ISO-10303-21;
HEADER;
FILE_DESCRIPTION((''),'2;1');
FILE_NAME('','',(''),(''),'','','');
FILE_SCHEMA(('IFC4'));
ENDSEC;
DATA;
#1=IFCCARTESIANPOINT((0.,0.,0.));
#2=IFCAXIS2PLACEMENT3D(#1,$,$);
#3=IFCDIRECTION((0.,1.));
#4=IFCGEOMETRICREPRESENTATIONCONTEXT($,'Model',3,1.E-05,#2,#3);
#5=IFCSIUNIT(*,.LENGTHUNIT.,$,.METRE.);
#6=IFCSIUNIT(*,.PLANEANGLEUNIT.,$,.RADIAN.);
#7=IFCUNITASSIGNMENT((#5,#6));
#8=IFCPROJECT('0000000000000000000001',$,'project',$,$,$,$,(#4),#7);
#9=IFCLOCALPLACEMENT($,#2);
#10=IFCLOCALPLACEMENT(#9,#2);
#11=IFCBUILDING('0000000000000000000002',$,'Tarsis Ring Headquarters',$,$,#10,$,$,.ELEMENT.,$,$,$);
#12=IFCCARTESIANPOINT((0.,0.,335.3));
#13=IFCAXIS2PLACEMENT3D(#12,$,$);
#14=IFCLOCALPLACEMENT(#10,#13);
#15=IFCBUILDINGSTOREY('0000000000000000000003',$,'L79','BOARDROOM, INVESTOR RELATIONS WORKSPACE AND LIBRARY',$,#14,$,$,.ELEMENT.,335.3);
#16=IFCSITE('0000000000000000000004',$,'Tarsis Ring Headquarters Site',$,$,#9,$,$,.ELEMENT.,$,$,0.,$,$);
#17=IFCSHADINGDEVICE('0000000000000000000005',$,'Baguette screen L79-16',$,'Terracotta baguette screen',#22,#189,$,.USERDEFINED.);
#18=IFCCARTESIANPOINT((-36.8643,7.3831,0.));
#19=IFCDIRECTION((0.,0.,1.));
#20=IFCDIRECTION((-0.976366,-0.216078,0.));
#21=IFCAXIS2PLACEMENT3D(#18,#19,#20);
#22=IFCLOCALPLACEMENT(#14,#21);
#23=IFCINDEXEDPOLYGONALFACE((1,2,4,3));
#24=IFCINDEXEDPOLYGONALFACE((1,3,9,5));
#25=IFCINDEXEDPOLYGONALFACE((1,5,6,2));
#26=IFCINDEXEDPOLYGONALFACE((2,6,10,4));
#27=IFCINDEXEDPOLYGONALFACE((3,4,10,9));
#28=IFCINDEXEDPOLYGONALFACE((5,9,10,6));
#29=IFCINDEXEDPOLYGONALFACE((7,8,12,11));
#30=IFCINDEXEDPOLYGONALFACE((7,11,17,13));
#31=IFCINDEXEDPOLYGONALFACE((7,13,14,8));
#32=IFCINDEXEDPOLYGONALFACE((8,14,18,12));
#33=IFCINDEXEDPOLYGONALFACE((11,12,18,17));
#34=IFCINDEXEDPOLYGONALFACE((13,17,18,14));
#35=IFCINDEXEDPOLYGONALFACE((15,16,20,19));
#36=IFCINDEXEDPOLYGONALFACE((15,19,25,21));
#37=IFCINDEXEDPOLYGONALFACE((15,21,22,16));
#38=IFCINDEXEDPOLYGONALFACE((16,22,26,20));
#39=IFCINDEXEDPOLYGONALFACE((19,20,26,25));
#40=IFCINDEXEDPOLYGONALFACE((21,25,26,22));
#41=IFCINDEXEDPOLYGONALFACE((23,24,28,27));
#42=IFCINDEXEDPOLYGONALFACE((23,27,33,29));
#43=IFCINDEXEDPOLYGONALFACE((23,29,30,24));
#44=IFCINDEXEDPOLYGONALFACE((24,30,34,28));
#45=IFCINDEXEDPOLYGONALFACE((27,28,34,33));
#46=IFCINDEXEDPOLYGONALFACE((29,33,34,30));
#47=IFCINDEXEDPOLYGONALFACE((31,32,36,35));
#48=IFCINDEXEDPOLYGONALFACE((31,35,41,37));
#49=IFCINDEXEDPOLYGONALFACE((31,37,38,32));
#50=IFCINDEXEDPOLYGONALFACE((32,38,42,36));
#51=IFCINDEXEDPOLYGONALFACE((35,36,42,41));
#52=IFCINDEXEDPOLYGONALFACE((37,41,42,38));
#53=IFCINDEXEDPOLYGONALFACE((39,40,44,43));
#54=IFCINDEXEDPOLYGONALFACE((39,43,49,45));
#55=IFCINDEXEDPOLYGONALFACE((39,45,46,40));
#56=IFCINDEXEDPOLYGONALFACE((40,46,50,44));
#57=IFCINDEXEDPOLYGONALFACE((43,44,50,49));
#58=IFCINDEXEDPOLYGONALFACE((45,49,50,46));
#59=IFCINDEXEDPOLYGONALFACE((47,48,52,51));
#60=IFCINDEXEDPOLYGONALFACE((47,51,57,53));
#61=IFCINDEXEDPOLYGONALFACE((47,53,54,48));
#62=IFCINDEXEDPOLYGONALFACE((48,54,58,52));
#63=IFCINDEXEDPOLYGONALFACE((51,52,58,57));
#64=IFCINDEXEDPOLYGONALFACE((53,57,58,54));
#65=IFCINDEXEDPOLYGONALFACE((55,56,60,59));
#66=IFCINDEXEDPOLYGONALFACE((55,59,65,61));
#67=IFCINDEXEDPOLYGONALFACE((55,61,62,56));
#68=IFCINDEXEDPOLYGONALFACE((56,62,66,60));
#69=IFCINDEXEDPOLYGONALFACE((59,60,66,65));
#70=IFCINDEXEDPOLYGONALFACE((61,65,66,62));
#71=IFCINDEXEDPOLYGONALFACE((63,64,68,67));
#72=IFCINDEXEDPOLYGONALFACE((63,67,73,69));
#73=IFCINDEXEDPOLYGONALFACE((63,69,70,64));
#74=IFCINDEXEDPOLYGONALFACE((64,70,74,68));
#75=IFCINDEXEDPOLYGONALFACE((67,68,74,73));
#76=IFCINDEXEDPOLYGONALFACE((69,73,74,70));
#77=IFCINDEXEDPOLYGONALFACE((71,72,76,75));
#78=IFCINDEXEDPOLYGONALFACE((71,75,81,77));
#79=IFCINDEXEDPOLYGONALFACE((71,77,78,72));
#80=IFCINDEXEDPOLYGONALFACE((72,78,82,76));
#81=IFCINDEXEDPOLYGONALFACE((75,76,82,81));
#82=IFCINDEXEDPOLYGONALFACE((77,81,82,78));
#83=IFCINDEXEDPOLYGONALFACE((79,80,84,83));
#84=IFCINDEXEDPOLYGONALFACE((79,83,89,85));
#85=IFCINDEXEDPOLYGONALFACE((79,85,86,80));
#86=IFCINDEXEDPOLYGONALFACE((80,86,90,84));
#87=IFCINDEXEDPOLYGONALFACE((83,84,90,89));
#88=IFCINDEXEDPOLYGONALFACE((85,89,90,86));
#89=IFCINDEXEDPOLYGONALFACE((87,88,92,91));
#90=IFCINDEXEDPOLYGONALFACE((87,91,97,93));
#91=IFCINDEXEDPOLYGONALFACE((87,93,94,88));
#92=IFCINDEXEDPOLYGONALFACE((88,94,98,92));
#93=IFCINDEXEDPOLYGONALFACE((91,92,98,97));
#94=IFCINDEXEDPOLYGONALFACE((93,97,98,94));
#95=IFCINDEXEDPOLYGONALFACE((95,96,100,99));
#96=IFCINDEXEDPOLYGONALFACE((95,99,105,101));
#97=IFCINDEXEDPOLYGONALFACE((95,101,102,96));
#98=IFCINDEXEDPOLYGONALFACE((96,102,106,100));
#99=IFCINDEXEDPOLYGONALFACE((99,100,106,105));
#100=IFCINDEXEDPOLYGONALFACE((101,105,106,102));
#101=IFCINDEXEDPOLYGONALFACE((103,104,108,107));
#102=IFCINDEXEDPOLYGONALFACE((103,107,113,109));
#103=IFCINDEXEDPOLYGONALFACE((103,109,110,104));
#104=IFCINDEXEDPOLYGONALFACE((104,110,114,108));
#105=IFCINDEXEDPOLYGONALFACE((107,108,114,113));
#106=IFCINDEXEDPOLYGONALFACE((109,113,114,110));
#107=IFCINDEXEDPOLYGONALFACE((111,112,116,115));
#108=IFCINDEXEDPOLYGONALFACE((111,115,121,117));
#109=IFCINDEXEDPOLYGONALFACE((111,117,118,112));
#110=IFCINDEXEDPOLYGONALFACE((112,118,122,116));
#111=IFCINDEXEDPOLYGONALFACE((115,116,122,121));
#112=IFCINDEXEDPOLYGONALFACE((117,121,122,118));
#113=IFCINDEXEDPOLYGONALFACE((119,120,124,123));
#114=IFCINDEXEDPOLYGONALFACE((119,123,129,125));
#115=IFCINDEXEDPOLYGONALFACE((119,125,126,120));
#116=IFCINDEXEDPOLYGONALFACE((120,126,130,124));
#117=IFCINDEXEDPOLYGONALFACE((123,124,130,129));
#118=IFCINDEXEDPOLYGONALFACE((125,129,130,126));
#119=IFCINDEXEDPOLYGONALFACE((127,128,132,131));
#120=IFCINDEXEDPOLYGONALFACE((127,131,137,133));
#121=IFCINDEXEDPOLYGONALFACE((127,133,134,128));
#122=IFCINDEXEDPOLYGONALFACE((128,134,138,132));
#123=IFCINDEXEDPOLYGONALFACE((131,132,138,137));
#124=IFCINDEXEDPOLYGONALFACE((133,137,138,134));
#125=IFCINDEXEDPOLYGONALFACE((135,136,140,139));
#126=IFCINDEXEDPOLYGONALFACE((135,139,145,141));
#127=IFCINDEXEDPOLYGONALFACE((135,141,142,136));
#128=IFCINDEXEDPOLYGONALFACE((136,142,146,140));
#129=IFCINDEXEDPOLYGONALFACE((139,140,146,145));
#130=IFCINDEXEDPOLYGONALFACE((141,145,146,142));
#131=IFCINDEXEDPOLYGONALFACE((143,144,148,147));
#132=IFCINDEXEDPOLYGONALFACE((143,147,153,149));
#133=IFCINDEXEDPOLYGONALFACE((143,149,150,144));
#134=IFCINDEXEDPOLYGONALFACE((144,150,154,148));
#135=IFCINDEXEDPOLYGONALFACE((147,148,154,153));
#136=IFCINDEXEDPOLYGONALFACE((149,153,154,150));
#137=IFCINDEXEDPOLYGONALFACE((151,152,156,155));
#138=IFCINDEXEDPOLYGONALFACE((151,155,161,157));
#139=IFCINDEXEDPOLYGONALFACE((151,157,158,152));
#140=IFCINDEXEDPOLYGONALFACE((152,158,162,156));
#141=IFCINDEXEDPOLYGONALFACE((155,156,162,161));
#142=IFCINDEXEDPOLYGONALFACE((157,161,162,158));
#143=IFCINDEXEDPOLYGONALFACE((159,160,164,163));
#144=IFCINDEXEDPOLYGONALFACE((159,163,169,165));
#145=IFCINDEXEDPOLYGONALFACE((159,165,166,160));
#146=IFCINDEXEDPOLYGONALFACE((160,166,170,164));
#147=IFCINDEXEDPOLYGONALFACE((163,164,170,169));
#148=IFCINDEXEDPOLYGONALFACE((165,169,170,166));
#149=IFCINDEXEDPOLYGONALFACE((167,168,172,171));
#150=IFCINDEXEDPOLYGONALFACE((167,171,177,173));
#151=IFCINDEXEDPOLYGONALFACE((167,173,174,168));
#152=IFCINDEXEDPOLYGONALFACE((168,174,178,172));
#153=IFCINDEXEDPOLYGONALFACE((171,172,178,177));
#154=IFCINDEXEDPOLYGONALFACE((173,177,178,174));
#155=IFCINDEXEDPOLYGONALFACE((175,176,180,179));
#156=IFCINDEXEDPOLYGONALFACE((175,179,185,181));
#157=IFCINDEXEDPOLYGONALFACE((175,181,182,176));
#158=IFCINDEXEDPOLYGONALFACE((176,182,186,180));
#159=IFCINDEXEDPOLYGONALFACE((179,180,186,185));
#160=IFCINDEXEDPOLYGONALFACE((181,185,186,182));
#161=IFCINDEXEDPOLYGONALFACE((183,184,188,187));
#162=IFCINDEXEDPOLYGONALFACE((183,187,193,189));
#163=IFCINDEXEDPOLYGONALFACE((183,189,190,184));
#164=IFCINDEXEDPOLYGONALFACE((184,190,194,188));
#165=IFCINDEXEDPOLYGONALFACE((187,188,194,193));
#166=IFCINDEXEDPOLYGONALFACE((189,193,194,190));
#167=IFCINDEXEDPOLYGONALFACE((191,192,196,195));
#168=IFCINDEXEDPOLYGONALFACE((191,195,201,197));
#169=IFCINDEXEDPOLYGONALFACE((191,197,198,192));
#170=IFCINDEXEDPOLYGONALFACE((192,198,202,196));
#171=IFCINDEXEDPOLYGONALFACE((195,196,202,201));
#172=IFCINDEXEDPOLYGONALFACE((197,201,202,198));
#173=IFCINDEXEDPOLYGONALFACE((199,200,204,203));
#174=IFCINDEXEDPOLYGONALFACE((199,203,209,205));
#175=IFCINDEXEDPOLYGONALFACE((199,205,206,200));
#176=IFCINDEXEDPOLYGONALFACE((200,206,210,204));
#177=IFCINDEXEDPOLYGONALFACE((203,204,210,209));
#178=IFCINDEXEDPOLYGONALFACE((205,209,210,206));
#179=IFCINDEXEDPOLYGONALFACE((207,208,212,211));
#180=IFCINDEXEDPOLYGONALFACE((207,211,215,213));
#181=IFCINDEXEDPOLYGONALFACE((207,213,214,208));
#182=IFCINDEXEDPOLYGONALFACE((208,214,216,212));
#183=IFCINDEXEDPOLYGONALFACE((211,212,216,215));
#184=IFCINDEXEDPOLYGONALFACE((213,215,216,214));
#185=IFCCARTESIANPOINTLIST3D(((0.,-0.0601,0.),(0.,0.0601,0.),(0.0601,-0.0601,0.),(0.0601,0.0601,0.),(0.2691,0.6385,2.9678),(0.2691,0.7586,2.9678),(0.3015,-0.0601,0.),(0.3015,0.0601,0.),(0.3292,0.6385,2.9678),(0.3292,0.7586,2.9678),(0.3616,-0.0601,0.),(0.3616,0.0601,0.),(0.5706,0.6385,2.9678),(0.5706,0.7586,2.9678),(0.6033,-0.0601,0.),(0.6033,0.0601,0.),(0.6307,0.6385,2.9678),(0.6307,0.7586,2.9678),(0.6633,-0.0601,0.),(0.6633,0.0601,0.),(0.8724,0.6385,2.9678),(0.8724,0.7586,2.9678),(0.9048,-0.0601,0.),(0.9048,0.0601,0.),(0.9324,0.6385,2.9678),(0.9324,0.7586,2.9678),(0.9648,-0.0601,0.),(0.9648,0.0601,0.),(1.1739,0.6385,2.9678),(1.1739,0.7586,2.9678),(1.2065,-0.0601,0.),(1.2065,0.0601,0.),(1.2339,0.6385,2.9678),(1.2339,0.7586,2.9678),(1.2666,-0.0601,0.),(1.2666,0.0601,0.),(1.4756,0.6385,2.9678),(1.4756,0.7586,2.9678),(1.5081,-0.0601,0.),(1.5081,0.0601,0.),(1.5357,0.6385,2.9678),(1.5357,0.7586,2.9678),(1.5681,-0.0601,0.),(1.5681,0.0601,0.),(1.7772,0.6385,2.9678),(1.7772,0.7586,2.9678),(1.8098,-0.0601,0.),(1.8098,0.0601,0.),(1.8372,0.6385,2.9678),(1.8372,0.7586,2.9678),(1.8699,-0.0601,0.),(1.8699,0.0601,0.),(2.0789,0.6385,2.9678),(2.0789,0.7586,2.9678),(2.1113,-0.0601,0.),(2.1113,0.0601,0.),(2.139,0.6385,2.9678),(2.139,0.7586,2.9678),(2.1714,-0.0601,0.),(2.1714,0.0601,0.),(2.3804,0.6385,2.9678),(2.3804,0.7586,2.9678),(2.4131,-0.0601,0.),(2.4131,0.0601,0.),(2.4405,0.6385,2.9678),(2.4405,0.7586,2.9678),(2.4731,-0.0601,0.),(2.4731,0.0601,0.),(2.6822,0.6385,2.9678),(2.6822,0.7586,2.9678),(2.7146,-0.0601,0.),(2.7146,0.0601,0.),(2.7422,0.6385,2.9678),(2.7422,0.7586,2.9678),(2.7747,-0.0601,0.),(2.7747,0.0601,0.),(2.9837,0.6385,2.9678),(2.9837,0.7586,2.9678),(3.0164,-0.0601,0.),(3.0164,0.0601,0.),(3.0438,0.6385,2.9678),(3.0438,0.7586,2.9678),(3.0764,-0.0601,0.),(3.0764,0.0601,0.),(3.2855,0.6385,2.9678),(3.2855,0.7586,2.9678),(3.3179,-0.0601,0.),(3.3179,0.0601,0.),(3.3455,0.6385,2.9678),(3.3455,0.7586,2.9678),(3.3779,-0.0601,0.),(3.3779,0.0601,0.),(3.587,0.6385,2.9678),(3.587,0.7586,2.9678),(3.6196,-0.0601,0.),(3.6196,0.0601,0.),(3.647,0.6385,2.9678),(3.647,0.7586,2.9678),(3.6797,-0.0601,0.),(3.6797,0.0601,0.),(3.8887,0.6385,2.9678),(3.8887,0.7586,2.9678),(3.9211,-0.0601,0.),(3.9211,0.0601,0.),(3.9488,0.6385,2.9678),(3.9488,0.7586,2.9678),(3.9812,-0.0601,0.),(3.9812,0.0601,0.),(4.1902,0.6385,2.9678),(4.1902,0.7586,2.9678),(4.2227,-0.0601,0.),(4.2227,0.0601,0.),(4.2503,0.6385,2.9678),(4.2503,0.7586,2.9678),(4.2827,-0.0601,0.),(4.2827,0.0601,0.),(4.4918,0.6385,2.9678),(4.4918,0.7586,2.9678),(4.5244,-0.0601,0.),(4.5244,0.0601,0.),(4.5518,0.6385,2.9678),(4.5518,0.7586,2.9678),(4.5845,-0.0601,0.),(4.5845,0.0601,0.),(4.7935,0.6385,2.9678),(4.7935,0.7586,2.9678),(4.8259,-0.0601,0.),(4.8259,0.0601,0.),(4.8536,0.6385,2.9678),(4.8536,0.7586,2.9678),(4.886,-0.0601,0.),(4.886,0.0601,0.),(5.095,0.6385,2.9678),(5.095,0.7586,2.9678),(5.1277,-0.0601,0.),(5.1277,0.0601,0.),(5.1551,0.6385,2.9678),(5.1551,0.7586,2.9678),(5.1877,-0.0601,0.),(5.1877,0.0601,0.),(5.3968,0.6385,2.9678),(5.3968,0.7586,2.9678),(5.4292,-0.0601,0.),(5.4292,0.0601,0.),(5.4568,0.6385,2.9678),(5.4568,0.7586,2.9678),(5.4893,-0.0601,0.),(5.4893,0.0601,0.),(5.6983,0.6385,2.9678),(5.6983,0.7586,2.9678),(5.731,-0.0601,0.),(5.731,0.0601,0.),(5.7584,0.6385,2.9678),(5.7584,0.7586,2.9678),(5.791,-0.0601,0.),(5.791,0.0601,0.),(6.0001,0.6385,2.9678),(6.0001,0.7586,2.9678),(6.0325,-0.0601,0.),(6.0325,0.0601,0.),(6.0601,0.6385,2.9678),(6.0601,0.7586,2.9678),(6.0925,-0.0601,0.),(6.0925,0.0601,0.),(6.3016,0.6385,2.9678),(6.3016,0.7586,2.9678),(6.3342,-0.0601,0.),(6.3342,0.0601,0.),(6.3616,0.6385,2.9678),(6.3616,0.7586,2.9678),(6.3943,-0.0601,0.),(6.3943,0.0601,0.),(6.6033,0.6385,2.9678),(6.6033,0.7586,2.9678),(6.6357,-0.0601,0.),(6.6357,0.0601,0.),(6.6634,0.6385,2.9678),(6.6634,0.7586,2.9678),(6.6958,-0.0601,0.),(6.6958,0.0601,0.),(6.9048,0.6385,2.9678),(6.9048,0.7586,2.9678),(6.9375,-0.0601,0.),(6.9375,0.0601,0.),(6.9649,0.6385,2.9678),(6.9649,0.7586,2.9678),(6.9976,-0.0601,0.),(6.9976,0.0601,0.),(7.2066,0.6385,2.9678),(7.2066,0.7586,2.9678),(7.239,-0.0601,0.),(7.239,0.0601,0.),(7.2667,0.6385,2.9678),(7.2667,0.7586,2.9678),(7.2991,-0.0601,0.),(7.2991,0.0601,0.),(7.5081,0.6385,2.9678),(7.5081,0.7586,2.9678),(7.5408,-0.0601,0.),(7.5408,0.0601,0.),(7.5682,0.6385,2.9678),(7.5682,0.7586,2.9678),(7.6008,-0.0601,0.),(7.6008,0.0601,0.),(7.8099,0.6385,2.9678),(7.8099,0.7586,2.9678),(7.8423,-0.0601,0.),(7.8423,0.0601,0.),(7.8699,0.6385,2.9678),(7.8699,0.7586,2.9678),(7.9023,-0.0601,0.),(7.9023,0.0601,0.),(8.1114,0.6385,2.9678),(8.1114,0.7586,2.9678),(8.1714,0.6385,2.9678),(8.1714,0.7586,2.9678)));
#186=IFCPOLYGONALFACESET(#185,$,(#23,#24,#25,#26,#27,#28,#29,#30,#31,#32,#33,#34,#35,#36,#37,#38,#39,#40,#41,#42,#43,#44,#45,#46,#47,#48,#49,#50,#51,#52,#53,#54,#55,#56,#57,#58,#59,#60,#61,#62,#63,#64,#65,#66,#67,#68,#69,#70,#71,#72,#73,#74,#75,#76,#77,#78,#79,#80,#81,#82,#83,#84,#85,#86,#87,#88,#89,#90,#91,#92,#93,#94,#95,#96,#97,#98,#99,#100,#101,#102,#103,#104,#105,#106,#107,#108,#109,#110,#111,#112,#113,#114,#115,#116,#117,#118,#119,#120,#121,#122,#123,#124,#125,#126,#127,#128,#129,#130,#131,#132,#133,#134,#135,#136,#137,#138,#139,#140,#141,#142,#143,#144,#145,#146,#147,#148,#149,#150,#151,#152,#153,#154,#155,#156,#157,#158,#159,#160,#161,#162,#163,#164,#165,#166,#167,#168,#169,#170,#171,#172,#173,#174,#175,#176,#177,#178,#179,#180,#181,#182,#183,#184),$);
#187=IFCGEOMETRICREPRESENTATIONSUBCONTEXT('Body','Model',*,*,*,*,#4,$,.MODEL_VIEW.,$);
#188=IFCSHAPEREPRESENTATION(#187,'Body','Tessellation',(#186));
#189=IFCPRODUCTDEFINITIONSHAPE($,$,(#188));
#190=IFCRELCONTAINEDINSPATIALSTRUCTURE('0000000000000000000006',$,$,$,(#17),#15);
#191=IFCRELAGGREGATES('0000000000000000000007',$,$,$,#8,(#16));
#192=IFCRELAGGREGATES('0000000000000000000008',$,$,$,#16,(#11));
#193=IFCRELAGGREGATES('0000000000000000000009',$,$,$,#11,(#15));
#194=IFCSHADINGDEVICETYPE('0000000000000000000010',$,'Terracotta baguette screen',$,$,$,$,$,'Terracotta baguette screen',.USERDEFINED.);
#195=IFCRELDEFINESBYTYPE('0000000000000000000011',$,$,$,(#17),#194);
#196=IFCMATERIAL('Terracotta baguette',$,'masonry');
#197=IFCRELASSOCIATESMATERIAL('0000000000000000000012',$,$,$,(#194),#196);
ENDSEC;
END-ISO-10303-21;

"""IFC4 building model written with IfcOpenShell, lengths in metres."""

from ifc_helpers import new_model, si_unit, direction, frame, frame_2d, origin, place, context, subcontext, project, spatial, rectangle, composite_profile, extrude, material, type_object, element, save


model = new_model("IFC4")

# Units and contexts
model_context = context("Model", 3, precision=1e-05, world=origin(), true_north=direction((0.0, 1.0)))
body_context = subcontext(model_context, "Body", "Model", "MODEL_VIEW")
ifc_project = project(units=[si_unit("LENGTHUNIT", "METRE"), si_unit("PLANEANGLEUNIT", "RADIAN")], contexts=[model_context])

# Site, building, storey
site_placement = place(None, origin())
site = spatial("IfcSite", under=ifc_project, at=site_placement, Name="Tarsis Ring Headquarters Site", CompositionType="ELEMENT", RefElevation=0.0)
building_placement = place(site_placement, origin())
building = spatial("IfcBuilding", under=site, at=building_placement, Name="Tarsis Ring Headquarters", CompositionType="ELEMENT")
storey_placement = place(building_placement, frame((0.0, 0.0, 335.3)))
storey = spatial("IfcBuildingStorey", under=building, at=storey_placement, Name="L79", Description="BOARDROOM, INVESTOR RELATIONS WORKSPACE AND LIBRARY", CompositionType="ELEMENT", Elevation=335.3)

# Shading device
ifc_material_1 = material(Name="Terracotta baguette", Category="masonry")
shading_device_type_1 = type_object("IfcShadingDeviceType", Name="Terracotta baguette screen", ElementType="Terracotta baguette screen", PredefinedType="USERDEFINED", material=ifc_material_1)
shading_device_1_placement = place(storey_placement, frame((-36.8643, 7.3831, 0.0), z_axis=(0.0, 0.0, 1.0), x_axis=(-0.976366, -0.216078, 0.0)))
element("IfcShadingDevice", 1, at=shading_device_1_placement, inside=storey, type_object=shading_device_type_1, Name="Baguette screen L79-16", ObjectType="Terracotta baguette screen", PredefinedType="USERDEFINED", context=body_context, shape_type="SweptSolid", body=[
    extrude(composite_profile([rectangle(XDim=0.0601, YDim=0.1201, at=frame_2d((0.03, 0.0))), rectangle(XDim=0.0601, YDim=0.1201, at=frame_2d((0.3315, 0.0))), rectangle(XDim=0.0601, YDim=0.1201, at=frame_2d((0.6333, 0.0))), rectangle(XDim=0.0601, YDim=0.1201, at=frame_2d((0.9348, 0.0))), rectangle(XDim=0.0601, YDim=0.1201, at=frame_2d((1.2366, 0.0))), rectangle(XDim=0.0601, YDim=0.1201, at=frame_2d((1.5381, 0.0))), rectangle(XDim=0.0601, YDim=0.1201, at=frame_2d((1.8398, 0.0))), rectangle(XDim=0.0601, YDim=0.1201, at=frame_2d((2.1414, 0.0))), rectangle(XDim=0.0601, YDim=0.1201, at=frame_2d((2.4431, 0.0))), rectangle(XDim=0.0601, YDim=0.1201, at=frame_2d((2.7446, 0.0))), rectangle(XDim=0.0601, YDim=0.1201, at=frame_2d((3.0464, 0.0))), rectangle(XDim=0.0601, YDim=0.1201, at=frame_2d((3.3479, 0.0))), rectangle(XDim=0.0601, YDim=0.1201, at=frame_2d((3.6497, 0.0))), rectangle(XDim=0.0601, YDim=0.1201, at=frame_2d((3.9512, 0.0))), rectangle(XDim=0.0601, YDim=0.1201, at=frame_2d((4.2527, 0.0))), rectangle(XDim=0.0601, YDim=0.1201, at=frame_2d((4.5544, 0.0))), rectangle(XDim=0.0601, YDim=0.1201, at=frame_2d((4.856, 0.0))), rectangle(XDim=0.0601, YDim=0.1201, at=frame_2d((5.1577, 0.0))), rectangle(XDim=0.0601, YDim=0.1201, at=frame_2d((5.4592, 0.0))), rectangle(XDim=0.0601, YDim=0.1201, at=frame_2d((5.761, 0.0))), rectangle(XDim=0.0601, YDim=0.1201, at=frame_2d((6.0625, 0.0))), rectangle(XDim=0.0601, YDim=0.1201, at=frame_2d((6.3643, 0.0))), rectangle(XDim=0.0601, YDim=0.1201, at=frame_2d((6.6658, 0.0))), rectangle(XDim=0.0601, YDim=0.1201, at=frame_2d((6.9675, 0.0))), rectangle(XDim=0.0601, YDim=0.1201, at=frame_2d((7.269, 0.0))), rectangle(XDim=0.0601, YDim=0.1201, at=frame_2d((7.5708, 0.0))), rectangle(XDim=0.0601, YDim=0.1201, at=frame_2d((7.8723, 0.0)))]), origin(), (0.08792, 0.228229, 0.96963), 3.0608),
])

save(model, "model.ifc")
